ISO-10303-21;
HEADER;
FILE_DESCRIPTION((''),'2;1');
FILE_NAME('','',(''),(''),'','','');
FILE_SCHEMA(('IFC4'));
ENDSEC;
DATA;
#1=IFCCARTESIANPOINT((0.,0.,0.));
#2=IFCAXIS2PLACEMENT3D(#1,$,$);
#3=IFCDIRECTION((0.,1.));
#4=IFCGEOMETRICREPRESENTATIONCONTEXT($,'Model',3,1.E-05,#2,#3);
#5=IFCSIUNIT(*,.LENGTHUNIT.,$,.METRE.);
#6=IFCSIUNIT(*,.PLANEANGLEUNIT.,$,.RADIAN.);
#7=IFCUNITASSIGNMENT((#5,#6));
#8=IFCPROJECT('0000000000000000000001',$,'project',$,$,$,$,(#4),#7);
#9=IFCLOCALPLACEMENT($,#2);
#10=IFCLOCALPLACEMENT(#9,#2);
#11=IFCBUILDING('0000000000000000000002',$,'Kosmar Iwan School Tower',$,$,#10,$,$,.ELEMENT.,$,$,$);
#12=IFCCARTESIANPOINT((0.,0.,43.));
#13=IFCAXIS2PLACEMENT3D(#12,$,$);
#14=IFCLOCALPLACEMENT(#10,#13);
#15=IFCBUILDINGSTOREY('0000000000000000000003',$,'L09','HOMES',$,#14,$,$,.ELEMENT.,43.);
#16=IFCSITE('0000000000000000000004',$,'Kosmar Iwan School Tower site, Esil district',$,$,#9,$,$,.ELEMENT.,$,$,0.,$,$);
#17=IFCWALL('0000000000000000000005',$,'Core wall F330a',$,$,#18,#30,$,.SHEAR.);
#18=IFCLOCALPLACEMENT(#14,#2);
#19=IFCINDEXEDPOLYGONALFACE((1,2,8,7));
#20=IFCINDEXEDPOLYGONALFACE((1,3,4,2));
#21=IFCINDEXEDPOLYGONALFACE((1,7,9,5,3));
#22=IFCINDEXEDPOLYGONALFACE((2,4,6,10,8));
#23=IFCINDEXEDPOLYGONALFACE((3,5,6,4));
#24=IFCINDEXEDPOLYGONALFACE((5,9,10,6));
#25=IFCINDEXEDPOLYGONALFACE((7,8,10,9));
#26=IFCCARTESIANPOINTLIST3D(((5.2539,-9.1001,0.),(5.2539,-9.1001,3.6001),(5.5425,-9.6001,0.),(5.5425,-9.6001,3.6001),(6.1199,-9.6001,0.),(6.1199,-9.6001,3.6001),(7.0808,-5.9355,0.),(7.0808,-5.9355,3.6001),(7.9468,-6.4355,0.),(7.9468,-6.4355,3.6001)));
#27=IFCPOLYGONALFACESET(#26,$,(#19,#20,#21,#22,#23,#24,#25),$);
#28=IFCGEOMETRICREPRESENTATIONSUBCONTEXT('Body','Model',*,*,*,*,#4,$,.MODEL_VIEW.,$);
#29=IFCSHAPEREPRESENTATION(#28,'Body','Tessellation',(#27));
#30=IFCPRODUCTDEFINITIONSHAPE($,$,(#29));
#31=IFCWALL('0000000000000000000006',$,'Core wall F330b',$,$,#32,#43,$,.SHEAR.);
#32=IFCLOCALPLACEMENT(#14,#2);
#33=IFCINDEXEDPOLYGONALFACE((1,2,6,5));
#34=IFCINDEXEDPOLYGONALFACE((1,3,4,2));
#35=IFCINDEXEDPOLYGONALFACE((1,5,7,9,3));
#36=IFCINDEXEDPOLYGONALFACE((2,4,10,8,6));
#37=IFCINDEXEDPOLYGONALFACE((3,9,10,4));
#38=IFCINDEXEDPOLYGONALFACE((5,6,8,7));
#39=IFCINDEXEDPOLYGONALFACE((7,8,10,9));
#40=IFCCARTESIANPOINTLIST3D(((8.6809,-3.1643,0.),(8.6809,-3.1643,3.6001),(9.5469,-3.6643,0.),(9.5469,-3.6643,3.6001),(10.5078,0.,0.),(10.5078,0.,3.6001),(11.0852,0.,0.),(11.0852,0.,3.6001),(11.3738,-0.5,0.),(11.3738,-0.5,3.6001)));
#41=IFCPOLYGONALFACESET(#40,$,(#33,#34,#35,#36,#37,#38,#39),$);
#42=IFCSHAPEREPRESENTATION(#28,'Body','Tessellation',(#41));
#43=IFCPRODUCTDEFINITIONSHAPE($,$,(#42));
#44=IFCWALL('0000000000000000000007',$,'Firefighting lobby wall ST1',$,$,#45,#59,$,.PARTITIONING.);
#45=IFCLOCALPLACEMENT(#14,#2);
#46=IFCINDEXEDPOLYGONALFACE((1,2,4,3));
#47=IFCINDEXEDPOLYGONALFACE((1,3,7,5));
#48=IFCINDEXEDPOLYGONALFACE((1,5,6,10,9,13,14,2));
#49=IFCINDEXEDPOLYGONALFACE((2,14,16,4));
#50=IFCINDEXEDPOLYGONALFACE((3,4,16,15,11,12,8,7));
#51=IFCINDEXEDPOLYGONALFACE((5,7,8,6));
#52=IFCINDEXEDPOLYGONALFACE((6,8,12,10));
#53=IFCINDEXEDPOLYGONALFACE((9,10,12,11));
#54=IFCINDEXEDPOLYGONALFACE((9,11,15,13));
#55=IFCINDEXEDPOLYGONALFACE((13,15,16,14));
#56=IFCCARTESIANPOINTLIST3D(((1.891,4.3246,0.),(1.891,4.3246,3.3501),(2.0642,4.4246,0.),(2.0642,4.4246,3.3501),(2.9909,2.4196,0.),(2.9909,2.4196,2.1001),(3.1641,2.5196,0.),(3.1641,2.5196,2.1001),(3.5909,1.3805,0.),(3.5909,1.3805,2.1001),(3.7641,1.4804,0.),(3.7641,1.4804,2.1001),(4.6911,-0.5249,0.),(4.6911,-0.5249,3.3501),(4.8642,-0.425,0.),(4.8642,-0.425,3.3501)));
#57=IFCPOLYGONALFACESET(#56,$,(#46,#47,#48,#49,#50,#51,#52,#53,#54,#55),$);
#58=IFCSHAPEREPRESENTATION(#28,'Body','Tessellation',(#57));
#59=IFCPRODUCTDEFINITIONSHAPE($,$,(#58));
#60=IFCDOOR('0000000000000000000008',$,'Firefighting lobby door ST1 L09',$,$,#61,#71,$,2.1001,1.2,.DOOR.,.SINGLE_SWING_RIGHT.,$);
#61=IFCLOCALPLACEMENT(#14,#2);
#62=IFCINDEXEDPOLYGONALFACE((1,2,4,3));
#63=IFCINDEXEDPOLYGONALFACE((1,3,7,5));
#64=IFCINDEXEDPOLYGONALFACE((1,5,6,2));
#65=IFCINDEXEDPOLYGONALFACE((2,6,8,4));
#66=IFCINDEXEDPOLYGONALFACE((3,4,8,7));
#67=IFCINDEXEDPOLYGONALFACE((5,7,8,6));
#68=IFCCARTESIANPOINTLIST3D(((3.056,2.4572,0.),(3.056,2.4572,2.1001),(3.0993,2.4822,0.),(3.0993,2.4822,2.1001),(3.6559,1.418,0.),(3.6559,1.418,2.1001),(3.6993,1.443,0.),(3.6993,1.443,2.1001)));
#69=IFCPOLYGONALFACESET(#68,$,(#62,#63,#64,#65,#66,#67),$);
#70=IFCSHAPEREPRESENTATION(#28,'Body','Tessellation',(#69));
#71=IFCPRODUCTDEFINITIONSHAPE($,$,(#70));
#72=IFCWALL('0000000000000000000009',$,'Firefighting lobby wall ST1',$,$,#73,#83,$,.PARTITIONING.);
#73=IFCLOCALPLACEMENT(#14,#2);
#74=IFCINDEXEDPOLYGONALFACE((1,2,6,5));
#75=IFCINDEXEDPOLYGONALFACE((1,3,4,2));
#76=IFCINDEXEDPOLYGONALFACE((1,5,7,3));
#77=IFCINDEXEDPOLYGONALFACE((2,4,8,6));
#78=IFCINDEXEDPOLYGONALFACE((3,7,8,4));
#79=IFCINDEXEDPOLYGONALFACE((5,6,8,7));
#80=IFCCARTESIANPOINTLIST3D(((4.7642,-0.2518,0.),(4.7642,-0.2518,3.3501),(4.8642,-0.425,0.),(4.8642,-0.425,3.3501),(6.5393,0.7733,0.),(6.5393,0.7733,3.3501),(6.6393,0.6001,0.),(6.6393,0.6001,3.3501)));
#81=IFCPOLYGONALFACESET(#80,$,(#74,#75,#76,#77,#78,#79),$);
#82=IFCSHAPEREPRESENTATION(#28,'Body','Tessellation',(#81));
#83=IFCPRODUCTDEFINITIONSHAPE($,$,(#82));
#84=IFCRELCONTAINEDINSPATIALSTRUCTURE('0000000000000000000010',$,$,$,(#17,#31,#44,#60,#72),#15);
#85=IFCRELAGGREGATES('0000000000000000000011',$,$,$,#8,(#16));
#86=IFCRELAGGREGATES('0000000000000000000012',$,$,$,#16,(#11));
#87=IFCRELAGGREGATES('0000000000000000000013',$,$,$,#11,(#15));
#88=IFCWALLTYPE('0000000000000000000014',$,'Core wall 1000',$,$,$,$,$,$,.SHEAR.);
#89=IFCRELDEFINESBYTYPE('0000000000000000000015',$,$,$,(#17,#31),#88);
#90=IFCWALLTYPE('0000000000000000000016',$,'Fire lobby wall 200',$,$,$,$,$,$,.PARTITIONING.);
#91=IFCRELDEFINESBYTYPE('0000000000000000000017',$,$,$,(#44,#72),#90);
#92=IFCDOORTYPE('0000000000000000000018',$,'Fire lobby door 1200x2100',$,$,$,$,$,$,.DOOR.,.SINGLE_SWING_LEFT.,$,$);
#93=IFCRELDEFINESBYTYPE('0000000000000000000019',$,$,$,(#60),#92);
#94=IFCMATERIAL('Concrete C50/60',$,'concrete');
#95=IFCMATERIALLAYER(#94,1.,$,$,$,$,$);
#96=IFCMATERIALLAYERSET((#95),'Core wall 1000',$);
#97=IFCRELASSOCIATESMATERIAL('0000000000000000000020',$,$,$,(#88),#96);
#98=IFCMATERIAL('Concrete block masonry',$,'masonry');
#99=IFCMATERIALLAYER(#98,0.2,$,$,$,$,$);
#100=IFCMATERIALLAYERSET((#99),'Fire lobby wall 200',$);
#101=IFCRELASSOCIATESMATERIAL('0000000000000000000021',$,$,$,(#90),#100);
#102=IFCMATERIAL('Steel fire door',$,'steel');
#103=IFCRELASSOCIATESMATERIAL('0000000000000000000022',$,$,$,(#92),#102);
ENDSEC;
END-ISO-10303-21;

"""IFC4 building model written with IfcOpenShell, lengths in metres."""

from ifc_helpers import new_model, si_unit, direction, frame, frame_2d, origin, place, context, subcontext, project, spatial, polyline, rectangle, outline, extrude, material, layer, layer_set, type_object, element, fill, save


model = new_model("IFC4")

# Units and contexts
model_context = context("Model", 3, precision=1e-05, world=origin(), true_north=direction((0.0, 1.0)))
body_context = subcontext(model_context, "Body", "Model", "MODEL_VIEW")
ifc_project = project(units=[si_unit("LENGTHUNIT", "METRE"), si_unit("PLANEANGLEUNIT", "RADIAN")], contexts=[model_context])

# Site, building, storey
site_placement = place(None, origin())
site = spatial("IfcSite", under=ifc_project, at=site_placement, Name="Kosmar Iwan School Tower site, Esil district", CompositionType="ELEMENT", RefElevation=0.0)
building_placement = place(site_placement, origin())
building = spatial("IfcBuilding", under=site, at=building_placement, Name="Kosmar Iwan School Tower", CompositionType="ELEMENT")
storey_placement = place(building_placement, frame((0.0, 0.0, 43.0)))
storey = spatial("IfcBuildingStorey", under=building, at=storey_placement, Name="L09", Description="HOMES", CompositionType="ELEMENT", Elevation=43.0)

# Walls
ifc_material_1 = material(Name="Concrete C50/60", Category="concrete")
ifc_layer_1 = layer(ifc_material_1, 1.0)
ifc_layer_set_1 = layer_set([ifc_layer_1], Name="Core wall 1000")
wall_type_1 = type_object("IfcWallType", Name="Core wall 1000", PredefinedType="SHEAR", material=ifc_layer_set_1)
wall_1_placement = place(storey_placement, origin())
element("IfcWall", 1, at=wall_1_placement, inside=storey, type_object=wall_type_1, Name="Core wall F330a", PredefinedType="SHEAR", context=body_context, shape_type="SweptSolid", body=[
    extrude(outline(polyline([(5.5425, -9.6001), (6.1199, -9.6001), (7.9468, -6.4355), (7.0808, -5.9355), (5.2539, -9.1001), (5.5425, -9.6001)])), origin(), (0.0, 0.0, 1.0), 3.6001),
])
wall_2_placement = place(storey_placement, origin())
element("IfcWall", 2, at=wall_2_placement, inside=storey, type_object=wall_type_1, Name="Core wall F330b", PredefinedType="SHEAR", context=body_context, shape_type="SweptSolid", body=[
    extrude(outline(polyline([(9.5469, -3.6643), (11.3738, -0.5), (11.0852, 0.0), (10.5078, 0.0), (8.6809, -3.1643), (9.5469, -3.6643)])), origin(), (0.0, 0.0, 1.0), 3.6001),
])

# Wall, opening, door
ifc_material_2 = material(Name="Concrete block masonry", Category="masonry")
ifc_layer_2 = layer(ifc_material_2, 0.2)
ifc_layer_set_2 = layer_set([ifc_layer_2], Name="Fire lobby wall 200")
wall_type_2 = type_object("IfcWallType", Name="Fire lobby wall 200", PredefinedType="PARTITIONING", material=ifc_layer_set_2)
wall_3_placement = place(storey_placement, frame((4.7776, -0.4749, 0.0), z_axis=(0.0, 0.0, 1.0), x_axis=(-0.500017, 0.866016, 0.0)))
wall_3 = element("IfcWall", 3, at=wall_3_placement, inside=storey, type_object=wall_type_2, Name="Firefighting lobby wall ST1", PredefinedType="PARTITIONING", context=body_context, shape_type="SweptSolid", body=[
    extrude(rectangle(XDim=5.5999, YDim=0.2, at=frame_2d((2.7998, 0.0))), origin(), (0.0, 0.0, 1.0), 3.3501),
])
opening_1_placement = place(wall_3_placement, frame((2.2, 0.0, 0.0)))
opening_1 = element("IfcOpeningElement", 4, at=opening_1_placement, cuts=wall_3, PredefinedType="OPENING", context=body_context, shape_type="SweptSolid", body=[
    extrude(rectangle(XDim=1.2, YDim=2.1001, at=frame_2d((0.6001, 1.05))), frame((0.0, 0.1121, 0.0), z_axis=(0.0, -1.0, 0.0), x_axis=(1.0, 0.0, 0.0)), (0.0, 0.0, 1.0), 0.2239),
])
ifc_material_3 = material(Name="Steel fire door", Category="steel")
door_type_1 = type_object("IfcDoorType", Name="Fire lobby door 1200x2100", OperationType="SINGLE_SWING_LEFT", PredefinedType="DOOR", material=ifc_material_3)
door_1_placement = place(opening_1_placement, origin())
door_1 = element("IfcDoor", 5, at=door_1_placement, inside=storey, type_object=door_type_1, Name="Firefighting lobby door ST1 L09", OperationType="SINGLE_SWING_RIGHT", OverallHeight=2.1001, OverallWidth=1.2, PredefinedType="DOOR", context=body_context, shape_type="SweptSolid", body=[
    extrude(rectangle(XDim=1.2, YDim=2.1001, at=frame_2d((0.6001, 1.05))), frame((0.0, 0.0249, 0.0), z_axis=(0.0, -1.0, 0.0), x_axis=(1.0, 0.0, 0.0)), (0.0, 0.0, 1.0), 0.05),
])
fill(opening_1, door_1)

# Wall
wall_4_placement = place(storey_placement, frame((4.8142, -0.3384, 0.0), z_axis=(0.0, 0.0, 1.0), x_axis=(0.865969, 0.500097, 0.0)))
element("IfcWall", 6, at=wall_4_placement, inside=storey, type_object=wall_type_2, Name="Firefighting lobby wall ST1", PredefinedType="PARTITIONING", context=body_context, shape_type="SweptSolid", body=[
    extrude(rectangle(XDim=2.0498, YDim=0.2, at=frame_2d((1.0249, 0.0))), origin(), (0.0, 0.0, 1.0), 3.3501),
])

save(model, "model.ifc")
